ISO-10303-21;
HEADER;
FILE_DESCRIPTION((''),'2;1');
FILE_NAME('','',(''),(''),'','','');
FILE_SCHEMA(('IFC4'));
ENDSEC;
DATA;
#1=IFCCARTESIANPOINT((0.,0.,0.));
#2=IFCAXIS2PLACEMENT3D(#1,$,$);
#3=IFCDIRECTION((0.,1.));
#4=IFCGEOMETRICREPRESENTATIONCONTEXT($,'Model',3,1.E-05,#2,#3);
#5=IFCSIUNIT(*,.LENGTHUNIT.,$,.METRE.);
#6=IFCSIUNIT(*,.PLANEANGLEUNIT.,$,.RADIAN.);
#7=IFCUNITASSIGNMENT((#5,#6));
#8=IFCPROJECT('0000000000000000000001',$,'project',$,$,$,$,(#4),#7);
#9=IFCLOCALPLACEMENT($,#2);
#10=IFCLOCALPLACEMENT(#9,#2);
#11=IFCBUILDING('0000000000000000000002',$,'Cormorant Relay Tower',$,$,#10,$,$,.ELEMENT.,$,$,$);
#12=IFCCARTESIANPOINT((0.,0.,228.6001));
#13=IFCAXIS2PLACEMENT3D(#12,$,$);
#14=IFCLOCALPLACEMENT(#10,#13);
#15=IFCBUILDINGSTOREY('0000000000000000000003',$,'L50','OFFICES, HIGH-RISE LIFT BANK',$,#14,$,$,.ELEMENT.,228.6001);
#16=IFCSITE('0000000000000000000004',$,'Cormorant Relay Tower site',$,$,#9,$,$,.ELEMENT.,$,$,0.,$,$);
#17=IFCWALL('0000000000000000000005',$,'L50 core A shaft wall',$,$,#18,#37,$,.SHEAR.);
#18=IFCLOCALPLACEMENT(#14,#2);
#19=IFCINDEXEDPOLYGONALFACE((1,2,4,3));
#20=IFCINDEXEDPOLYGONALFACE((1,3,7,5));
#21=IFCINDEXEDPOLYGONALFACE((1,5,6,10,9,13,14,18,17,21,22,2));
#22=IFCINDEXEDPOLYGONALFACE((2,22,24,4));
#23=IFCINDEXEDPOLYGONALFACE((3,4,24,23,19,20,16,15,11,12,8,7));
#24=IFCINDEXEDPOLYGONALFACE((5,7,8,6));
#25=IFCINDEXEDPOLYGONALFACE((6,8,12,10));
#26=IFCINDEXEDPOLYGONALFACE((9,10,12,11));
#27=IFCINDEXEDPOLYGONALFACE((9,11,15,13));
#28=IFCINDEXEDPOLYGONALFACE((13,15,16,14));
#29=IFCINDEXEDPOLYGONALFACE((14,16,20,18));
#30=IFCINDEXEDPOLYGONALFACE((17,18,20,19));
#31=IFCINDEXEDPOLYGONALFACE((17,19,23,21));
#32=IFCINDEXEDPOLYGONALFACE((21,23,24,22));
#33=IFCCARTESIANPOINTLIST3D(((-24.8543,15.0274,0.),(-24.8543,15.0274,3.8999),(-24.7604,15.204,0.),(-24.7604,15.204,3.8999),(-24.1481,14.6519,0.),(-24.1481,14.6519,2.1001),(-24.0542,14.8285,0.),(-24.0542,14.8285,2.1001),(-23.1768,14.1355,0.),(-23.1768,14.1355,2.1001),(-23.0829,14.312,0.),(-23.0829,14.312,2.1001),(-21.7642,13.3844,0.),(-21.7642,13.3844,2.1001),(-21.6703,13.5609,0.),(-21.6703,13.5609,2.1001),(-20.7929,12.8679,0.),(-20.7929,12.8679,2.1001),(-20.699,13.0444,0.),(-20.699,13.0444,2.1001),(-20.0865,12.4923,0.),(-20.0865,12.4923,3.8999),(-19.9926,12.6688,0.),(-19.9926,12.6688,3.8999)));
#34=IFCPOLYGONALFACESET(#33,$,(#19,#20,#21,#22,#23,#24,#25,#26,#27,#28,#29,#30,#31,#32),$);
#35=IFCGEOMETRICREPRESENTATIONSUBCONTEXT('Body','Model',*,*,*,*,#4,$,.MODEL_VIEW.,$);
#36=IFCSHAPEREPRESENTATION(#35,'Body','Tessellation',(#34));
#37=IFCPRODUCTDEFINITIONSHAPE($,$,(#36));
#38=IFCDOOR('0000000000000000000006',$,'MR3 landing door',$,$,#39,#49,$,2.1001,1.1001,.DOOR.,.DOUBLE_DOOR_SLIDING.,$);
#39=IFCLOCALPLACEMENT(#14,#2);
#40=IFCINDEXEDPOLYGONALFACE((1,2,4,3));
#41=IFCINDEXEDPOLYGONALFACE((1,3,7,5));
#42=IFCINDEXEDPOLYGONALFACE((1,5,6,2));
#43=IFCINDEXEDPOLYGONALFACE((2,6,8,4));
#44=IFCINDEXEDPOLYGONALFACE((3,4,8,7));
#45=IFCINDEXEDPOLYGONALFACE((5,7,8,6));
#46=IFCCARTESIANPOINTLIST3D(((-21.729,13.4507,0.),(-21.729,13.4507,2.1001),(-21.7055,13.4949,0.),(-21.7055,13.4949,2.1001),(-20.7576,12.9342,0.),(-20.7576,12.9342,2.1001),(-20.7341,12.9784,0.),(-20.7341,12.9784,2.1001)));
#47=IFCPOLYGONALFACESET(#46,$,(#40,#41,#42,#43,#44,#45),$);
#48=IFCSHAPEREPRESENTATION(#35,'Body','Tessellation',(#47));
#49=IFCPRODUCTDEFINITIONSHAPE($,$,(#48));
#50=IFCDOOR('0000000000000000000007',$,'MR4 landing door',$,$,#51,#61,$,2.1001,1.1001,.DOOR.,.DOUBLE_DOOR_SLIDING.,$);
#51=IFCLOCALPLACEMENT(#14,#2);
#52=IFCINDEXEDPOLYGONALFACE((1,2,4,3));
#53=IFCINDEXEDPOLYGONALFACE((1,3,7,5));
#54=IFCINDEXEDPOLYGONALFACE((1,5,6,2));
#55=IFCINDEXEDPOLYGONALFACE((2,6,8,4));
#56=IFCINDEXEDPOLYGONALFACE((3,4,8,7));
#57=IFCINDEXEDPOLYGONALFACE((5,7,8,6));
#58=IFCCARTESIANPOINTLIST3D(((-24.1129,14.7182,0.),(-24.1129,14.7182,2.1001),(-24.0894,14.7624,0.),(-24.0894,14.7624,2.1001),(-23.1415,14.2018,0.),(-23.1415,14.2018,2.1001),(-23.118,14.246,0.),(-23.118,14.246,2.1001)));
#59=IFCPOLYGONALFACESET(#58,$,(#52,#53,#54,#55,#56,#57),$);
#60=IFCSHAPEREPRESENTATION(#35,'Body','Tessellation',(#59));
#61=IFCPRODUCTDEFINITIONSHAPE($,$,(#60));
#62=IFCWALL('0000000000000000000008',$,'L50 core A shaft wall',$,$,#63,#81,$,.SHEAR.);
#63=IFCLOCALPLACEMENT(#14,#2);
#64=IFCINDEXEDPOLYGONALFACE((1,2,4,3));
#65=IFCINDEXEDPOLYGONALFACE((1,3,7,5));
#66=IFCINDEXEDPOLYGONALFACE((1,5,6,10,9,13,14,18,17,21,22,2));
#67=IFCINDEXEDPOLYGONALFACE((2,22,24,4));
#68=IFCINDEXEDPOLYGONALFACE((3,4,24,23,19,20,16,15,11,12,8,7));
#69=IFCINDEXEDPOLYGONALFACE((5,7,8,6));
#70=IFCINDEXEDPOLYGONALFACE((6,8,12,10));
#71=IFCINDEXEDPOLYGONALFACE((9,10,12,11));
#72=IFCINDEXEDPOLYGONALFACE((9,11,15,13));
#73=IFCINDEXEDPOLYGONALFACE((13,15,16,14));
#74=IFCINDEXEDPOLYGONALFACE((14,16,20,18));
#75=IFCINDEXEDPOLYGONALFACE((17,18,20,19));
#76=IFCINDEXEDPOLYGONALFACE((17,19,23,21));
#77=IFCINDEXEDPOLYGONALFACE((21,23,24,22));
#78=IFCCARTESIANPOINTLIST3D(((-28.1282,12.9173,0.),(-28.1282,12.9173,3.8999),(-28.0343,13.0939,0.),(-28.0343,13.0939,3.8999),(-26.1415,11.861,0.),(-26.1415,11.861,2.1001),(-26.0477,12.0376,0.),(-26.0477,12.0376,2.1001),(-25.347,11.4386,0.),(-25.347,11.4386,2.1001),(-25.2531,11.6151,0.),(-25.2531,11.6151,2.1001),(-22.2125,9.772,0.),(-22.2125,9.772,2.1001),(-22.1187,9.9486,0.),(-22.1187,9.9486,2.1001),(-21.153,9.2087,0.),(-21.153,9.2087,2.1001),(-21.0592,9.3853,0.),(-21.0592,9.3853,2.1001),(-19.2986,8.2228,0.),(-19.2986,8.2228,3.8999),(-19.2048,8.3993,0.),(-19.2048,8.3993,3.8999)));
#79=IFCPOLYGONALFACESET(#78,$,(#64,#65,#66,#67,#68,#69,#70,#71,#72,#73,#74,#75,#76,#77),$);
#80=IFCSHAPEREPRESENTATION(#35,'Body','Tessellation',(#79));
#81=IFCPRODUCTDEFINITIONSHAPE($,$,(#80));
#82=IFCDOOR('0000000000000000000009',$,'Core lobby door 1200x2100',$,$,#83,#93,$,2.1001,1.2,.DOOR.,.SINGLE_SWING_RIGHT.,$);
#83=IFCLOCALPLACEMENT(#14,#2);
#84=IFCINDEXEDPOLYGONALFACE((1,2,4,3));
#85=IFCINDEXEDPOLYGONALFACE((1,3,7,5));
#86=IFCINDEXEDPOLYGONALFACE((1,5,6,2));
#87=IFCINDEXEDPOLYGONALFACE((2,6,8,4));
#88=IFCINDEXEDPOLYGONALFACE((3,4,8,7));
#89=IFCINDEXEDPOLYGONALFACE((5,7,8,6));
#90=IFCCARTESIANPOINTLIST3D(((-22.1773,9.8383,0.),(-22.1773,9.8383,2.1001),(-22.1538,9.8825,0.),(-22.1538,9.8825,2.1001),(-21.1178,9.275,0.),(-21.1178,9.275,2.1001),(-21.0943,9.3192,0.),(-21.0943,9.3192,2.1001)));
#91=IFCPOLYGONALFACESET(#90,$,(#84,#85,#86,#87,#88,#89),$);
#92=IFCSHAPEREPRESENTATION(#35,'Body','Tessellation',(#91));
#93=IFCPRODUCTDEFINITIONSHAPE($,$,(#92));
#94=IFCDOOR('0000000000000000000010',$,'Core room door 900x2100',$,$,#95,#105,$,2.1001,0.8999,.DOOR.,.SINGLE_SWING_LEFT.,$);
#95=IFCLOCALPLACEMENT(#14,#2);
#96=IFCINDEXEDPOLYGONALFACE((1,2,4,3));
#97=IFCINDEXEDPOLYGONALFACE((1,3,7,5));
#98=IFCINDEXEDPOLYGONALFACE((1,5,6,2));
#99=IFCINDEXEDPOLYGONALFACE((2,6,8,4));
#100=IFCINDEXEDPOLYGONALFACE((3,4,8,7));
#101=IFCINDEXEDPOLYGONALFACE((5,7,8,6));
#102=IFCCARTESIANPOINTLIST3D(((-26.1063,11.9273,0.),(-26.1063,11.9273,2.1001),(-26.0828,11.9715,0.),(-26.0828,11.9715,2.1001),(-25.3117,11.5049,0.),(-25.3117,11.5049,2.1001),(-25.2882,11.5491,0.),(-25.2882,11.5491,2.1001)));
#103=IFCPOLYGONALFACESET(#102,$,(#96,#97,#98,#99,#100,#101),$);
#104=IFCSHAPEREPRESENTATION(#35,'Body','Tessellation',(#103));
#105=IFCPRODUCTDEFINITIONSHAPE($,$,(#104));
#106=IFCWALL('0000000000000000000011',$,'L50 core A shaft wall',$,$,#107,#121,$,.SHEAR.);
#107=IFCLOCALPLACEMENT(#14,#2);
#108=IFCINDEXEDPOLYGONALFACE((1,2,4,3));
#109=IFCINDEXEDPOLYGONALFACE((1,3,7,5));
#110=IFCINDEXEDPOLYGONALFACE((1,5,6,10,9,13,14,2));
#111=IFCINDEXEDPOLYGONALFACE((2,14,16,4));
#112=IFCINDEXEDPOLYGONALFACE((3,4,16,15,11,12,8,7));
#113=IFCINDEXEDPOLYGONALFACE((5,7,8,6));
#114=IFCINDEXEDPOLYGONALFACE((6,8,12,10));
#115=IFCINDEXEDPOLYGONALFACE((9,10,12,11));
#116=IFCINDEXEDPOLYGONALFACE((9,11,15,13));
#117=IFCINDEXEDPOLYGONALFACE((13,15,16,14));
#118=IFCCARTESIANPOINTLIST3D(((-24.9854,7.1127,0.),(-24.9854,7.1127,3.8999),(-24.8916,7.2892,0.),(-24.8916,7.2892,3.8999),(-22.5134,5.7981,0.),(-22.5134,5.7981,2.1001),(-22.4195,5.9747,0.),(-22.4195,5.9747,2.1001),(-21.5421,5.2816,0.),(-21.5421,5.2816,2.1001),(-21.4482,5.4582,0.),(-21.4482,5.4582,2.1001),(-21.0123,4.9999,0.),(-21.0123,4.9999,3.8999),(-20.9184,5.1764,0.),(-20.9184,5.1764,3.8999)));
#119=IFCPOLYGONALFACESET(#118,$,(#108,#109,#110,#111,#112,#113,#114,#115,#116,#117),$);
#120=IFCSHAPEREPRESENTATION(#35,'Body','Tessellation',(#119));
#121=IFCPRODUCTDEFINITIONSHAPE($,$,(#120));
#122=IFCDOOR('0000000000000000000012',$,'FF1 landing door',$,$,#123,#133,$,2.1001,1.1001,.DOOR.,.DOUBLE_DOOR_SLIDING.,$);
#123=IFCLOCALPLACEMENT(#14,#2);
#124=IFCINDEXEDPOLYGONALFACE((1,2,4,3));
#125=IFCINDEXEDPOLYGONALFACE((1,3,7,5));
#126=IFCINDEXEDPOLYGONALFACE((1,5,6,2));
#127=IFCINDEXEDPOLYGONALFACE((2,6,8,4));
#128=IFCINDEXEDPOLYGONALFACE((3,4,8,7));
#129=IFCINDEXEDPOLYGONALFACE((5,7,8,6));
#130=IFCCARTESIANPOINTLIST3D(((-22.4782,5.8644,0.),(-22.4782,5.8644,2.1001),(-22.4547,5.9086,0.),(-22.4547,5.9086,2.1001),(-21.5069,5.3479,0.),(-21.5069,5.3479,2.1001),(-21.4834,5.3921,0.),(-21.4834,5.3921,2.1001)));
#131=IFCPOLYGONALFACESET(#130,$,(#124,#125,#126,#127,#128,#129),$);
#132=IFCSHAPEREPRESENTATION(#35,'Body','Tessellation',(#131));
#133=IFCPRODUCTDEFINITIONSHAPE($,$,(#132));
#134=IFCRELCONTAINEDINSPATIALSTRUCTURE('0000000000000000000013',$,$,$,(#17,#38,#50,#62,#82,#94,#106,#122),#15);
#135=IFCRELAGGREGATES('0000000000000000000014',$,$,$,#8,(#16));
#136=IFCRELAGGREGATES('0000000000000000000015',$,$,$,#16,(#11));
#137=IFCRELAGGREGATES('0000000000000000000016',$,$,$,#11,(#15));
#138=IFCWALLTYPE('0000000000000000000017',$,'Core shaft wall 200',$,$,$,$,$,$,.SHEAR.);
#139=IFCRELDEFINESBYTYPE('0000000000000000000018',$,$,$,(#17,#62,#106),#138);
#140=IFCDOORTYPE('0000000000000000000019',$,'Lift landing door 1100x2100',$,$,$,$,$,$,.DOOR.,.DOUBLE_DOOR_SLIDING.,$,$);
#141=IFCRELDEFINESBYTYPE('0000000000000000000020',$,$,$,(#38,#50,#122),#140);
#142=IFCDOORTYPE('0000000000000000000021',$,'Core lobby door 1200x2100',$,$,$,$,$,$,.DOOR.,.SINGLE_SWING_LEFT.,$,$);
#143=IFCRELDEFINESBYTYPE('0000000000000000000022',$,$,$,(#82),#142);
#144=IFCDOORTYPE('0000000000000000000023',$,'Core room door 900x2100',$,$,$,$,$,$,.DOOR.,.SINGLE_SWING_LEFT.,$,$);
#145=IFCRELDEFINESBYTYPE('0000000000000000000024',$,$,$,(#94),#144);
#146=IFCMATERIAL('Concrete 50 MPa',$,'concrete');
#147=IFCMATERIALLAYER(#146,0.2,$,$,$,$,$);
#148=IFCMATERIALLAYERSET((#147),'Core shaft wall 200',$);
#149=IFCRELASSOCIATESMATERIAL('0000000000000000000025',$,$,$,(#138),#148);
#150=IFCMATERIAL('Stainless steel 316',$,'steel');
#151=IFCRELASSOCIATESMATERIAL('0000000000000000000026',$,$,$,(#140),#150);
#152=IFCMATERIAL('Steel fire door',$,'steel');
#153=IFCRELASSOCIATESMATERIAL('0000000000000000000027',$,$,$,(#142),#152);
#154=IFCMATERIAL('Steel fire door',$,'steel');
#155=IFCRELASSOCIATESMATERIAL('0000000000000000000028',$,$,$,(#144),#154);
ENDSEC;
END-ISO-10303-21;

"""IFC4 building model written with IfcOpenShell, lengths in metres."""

from ifc_helpers import new_model, si_unit, direction, frame, frame_2d, origin, place, context, subcontext, project, spatial, rectangle, extrude, material, layer, layer_set, type_object, element, fill, save


model = new_model("IFC4")

# Units and contexts
model_context = context("Model", 3, precision=1e-05, world=origin(), true_north=direction((0.0, 1.0)))
body_context = subcontext(model_context, "Body", "Model", "MODEL_VIEW")
ifc_project = project(units=[si_unit("LENGTHUNIT", "METRE"), si_unit("PLANEANGLEUNIT", "RADIAN")], contexts=[model_context])

# Site, building, storey
site_placement = place(None, origin())
site = spatial("IfcSite", under=ifc_project, at=site_placement, Name="Cormorant Relay Tower site", CompositionType="ELEMENT", RefElevation=0.0)
building_placement = place(site_placement, origin())
building = spatial("IfcBuilding", under=site, at=building_placement, Name="Cormorant Relay Tower", CompositionType="ELEMENT")
storey_placement = place(building_placement, frame((0.0, 0.0, 228.6001)))
storey = spatial("IfcBuildingStorey", under=building, at=storey_placement, Name="L50", Description="OFFICES, HIGH-RISE LIFT BANK", CompositionType="ELEMENT", Elevation=228.6001)

# Shared definitions
ifc_material_1 = material(Name="Concrete 50 MPa", Category="concrete")
ifc_layer_1 = layer(ifc_material_1, 0.2)
ifc_layer_set_1 = layer_set([ifc_layer_1], Name="Core shaft wall 200")
wall_type_1 = type_object("IfcWallType", Name="Core shaft wall 200", PredefinedType="SHEAR", material=ifc_layer_set_1)

# Walls, openings, doors
wall_1_placement = place(storey_placement, frame((-20.0396, 12.5806, 0.0), z_axis=(0.0, 0.0, 1.0), x_axis=(-0.882943, 0.46948, 0.0)))
wall_1 = element("IfcWall", 1, at=wall_1_placement, inside=storey, type_object=wall_type_1, Name="L50 core A shaft wall", PredefinedType="SHEAR", context=body_context, shape_type="SweptSolid", body=[
    extrude(rectangle(XDim=5.3999, YDim=0.2, at=frame_2d((2.7, 0.0))), origin(), (0.0, 0.0, 1.0), 3.8999),
])
opening_1_placement = place(wall_1_placement, frame((0.8, 0.0, 0.0)))
opening_1 = element("IfcOpeningElement", 2, at=opening_1_placement, cuts=wall_1, PredefinedType="OPENING", context=body_context, shape_type="SweptSolid", body=[
    extrude(rectangle(XDim=1.1001, YDim=2.1001, at=frame_2d((0.55, 1.05))), frame((0.0, 0.1099, 0.0), z_axis=(0.0, -1.0, 0.0), x_axis=(1.0, 0.0, 0.0)), (0.0, 0.0, 1.0), 0.22),
])
opening_2_placement = place(wall_1_placement, frame((3.5, 0.0, 0.0)))
opening_2 = element("IfcOpeningElement", 3, at=opening_2_placement, cuts=wall_1, PredefinedType="OPENING", context=body_context, shape_type="SweptSolid", body=[
    extrude(rectangle(XDim=1.1001, YDim=2.1001, at=frame_2d((0.55, 1.05))), frame((0.0, 0.1099, 0.0), z_axis=(0.0, -1.0, 0.0), x_axis=(1.0, 0.0, 0.0)), (0.0, 0.0, 1.0), 0.22),
])
ifc_material_2 = material(Name="Stainless steel 316", Category="steel")
door_type_1 = type_object("IfcDoorType", Name="Lift landing door 1100x2100", OperationType="DOUBLE_DOOR_SLIDING", PredefinedType="DOOR", material=ifc_material_2)
door_1_placement = place(opening_1_placement, origin())
door_1 = element("IfcDoor", 4, at=door_1_placement, inside=storey, type_object=door_type_1, Name="MR3 landing door", OperationType="DOUBLE_DOOR_SLIDING", OverallHeight=2.1001, OverallWidth=1.1001, PredefinedType="DOOR", context=body_context, shape_type="SweptSolid", body=[
    extrude(rectangle(XDim=1.1001, YDim=2.1001, at=frame_2d((0.55, 1.05))), frame((0.0, 0.0249, 0.0), z_axis=(0.0, -1.0, 0.0), x_axis=(1.0, 0.0, 0.0)), (0.0, 0.0, 1.0), 0.05),
])
fill(opening_1, door_1)
door_2_placement = place(opening_2_placement, origin())
door_2 = element("IfcDoor", 5, at=door_2_placement, inside=storey, type_object=door_type_1, Name="MR4 landing door", OperationType="DOUBLE_DOOR_SLIDING", OverallHeight=2.1001, OverallWidth=1.1001, PredefinedType="DOOR", context=body_context, shape_type="SweptSolid", body=[
    extrude(rectangle(XDim=1.1001, YDim=2.1001, at=frame_2d((0.55, 1.05))), frame((0.0, 0.0249, 0.0), z_axis=(0.0, -1.0, 0.0), x_axis=(1.0, 0.0, 0.0)), (0.0, 0.0, 1.0), 0.05),
])
fill(opening_2, door_2)
wall_2_placement = place(storey_placement, frame((-19.2517, 8.311, 0.0), z_axis=(0.0, 0.0, 1.0), x_axis=(-0.882956, 0.469456, 0.0)))
wall_2 = element("IfcWall", 6, at=wall_2_placement, inside=storey, type_object=wall_type_1, Name="L50 core A shaft wall", PredefinedType="SHEAR", context=body_context, shape_type="SweptSolid", body=[
    extrude(rectangle(XDim=10.0, YDim=0.2, at=frame_2d((5.0, 0.0))), origin(), (0.0, 0.0, 1.0), 3.8999),
])
opening_3_placement = place(wall_2_placement, frame((2.1001, 0.0, 0.0)))
opening_3 = element("IfcOpeningElement", 7, at=opening_3_placement, cuts=wall_2, PredefinedType="OPENING", context=body_context, shape_type="SweptSolid", body=[
    extrude(rectangle(XDim=1.2, YDim=2.1001, at=frame_2d((0.6001, 1.05))), frame((0.0, 0.1099, 0.0), z_axis=(0.0, -1.0, 0.0), x_axis=(1.0, 0.0, 0.0)), (0.0, 0.0, 1.0), 0.22),
])
opening_4_placement = place(wall_2_placement, frame((6.8501, 0.0, 0.0)))
opening_4 = element("IfcOpeningElement", 8, at=opening_4_placement, cuts=wall_2, PredefinedType="OPENING", context=body_context, shape_type="SweptSolid", body=[
    extrude(rectangle(XDim=0.8999, YDim=2.1001, at=frame_2d((0.45, 1.05))), frame((0.0, 0.1099, 0.0), z_axis=(0.0, -1.0, 0.0), x_axis=(1.0, 0.0, 0.0)), (0.0, 0.0, 1.0), 0.22),
])
ifc_material_3 = material(Name="Steel fire door", Category="steel")
door_type_2 = type_object("IfcDoorType", Name="Core lobby door 1200x2100", OperationType="SINGLE_SWING_LEFT", PredefinedType="DOOR", material=ifc_material_3)
door_3_placement = place(opening_3_placement, origin())
door_3 = element("IfcDoor", 9, at=door_3_placement, inside=storey, type_object=door_type_2, Name="Core lobby door 1200x2100", OperationType="SINGLE_SWING_RIGHT", OverallHeight=2.1001, OverallWidth=1.2, PredefinedType="DOOR", context=body_context, shape_type="SweptSolid", body=[
    extrude(rectangle(XDim=1.2, YDim=2.1001, at=frame_2d((0.6001, 1.05))), frame((0.0, 0.0249, 0.0), z_axis=(0.0, -1.0, 0.0), x_axis=(1.0, 0.0, 0.0)), (0.0, 0.0, 1.0), 0.05),
])
fill(opening_3, door_3)
ifc_material_4 = material(Name="Steel fire door", Category="steel")
door_type_3 = type_object("IfcDoorType", Name="Core room door 900x2100", OperationType="SINGLE_SWING_LEFT", PredefinedType="DOOR", material=ifc_material_4)
door_4_placement = place(opening_4_placement, origin())
door_4 = element("IfcDoor", 10, at=door_4_placement, inside=storey, type_object=door_type_3, Name="Core room door 900x2100", OperationType="SINGLE_SWING_LEFT", OverallHeight=2.1001, OverallWidth=0.8999, PredefinedType="DOOR", context=body_context, shape_type="SweptSolid", body=[
    extrude(rectangle(XDim=0.8999, YDim=2.1001, at=frame_2d((0.45, 1.05))), frame((0.0, 0.0249, 0.0), z_axis=(0.0, -1.0, 0.0), x_axis=(1.0, 0.0, 0.0)), (0.0, 0.0, 1.0), 0.05),
])
fill(opening_4, door_4)

# Wall, opening, door
wall_3_placement = place(storey_placement, frame((-20.9653, 5.0881, 0.0), z_axis=(0.0, 0.0, 1.0), x_axis=(-0.882926, 0.469512, 0.0)))
wall_3 = element("IfcWall", 11, at=wall_3_placement, inside=storey, type_object=wall_type_1, Name="L50 core A shaft wall", PredefinedType="SHEAR", context=body_context, shape_type="SweptSolid", body=[
    extrude(rectangle(XDim=4.5, YDim=0.2, at=frame_2d((2.25, 0.0))), origin(), (0.0, 0.0, 1.0), 3.8999),
])
opening_5_placement = place(wall_3_placement, frame((0.6001, 0.0, 0.0)))
opening_5 = element("IfcOpeningElement", 12, at=opening_5_placement, cuts=wall_3, PredefinedType="OPENING", context=body_context, shape_type="SweptSolid", body=[
    extrude(rectangle(XDim=1.1001, YDim=2.1001, at=frame_2d((0.55, 1.05))), frame((0.0, 0.1099, 0.0), z_axis=(0.0, -1.0, 0.0), x_axis=(1.0, 0.0, 0.0)), (0.0, 0.0, 1.0), 0.22),
])
door_5_placement = place(opening_5_placement, origin())
door_5 = element("IfcDoor", 13, at=door_5_placement, inside=storey, type_object=door_type_1, Name="FF1 landing door", OperationType="DOUBLE_DOOR_SLIDING", OverallHeight=2.1001, OverallWidth=1.1001, PredefinedType="DOOR", context=body_context, shape_type="SweptSolid", body=[
    extrude(rectangle(XDim=1.1001, YDim=2.1001, at=frame_2d((0.55, 1.05))), frame((0.0, 0.0249, 0.0), z_axis=(0.0, -1.0, 0.0), x_axis=(1.0, 0.0, 0.0)), (0.0, 0.0, 1.0), 0.05),
])
fill(opening_5, door_5)

save(model, "model.ifc")
